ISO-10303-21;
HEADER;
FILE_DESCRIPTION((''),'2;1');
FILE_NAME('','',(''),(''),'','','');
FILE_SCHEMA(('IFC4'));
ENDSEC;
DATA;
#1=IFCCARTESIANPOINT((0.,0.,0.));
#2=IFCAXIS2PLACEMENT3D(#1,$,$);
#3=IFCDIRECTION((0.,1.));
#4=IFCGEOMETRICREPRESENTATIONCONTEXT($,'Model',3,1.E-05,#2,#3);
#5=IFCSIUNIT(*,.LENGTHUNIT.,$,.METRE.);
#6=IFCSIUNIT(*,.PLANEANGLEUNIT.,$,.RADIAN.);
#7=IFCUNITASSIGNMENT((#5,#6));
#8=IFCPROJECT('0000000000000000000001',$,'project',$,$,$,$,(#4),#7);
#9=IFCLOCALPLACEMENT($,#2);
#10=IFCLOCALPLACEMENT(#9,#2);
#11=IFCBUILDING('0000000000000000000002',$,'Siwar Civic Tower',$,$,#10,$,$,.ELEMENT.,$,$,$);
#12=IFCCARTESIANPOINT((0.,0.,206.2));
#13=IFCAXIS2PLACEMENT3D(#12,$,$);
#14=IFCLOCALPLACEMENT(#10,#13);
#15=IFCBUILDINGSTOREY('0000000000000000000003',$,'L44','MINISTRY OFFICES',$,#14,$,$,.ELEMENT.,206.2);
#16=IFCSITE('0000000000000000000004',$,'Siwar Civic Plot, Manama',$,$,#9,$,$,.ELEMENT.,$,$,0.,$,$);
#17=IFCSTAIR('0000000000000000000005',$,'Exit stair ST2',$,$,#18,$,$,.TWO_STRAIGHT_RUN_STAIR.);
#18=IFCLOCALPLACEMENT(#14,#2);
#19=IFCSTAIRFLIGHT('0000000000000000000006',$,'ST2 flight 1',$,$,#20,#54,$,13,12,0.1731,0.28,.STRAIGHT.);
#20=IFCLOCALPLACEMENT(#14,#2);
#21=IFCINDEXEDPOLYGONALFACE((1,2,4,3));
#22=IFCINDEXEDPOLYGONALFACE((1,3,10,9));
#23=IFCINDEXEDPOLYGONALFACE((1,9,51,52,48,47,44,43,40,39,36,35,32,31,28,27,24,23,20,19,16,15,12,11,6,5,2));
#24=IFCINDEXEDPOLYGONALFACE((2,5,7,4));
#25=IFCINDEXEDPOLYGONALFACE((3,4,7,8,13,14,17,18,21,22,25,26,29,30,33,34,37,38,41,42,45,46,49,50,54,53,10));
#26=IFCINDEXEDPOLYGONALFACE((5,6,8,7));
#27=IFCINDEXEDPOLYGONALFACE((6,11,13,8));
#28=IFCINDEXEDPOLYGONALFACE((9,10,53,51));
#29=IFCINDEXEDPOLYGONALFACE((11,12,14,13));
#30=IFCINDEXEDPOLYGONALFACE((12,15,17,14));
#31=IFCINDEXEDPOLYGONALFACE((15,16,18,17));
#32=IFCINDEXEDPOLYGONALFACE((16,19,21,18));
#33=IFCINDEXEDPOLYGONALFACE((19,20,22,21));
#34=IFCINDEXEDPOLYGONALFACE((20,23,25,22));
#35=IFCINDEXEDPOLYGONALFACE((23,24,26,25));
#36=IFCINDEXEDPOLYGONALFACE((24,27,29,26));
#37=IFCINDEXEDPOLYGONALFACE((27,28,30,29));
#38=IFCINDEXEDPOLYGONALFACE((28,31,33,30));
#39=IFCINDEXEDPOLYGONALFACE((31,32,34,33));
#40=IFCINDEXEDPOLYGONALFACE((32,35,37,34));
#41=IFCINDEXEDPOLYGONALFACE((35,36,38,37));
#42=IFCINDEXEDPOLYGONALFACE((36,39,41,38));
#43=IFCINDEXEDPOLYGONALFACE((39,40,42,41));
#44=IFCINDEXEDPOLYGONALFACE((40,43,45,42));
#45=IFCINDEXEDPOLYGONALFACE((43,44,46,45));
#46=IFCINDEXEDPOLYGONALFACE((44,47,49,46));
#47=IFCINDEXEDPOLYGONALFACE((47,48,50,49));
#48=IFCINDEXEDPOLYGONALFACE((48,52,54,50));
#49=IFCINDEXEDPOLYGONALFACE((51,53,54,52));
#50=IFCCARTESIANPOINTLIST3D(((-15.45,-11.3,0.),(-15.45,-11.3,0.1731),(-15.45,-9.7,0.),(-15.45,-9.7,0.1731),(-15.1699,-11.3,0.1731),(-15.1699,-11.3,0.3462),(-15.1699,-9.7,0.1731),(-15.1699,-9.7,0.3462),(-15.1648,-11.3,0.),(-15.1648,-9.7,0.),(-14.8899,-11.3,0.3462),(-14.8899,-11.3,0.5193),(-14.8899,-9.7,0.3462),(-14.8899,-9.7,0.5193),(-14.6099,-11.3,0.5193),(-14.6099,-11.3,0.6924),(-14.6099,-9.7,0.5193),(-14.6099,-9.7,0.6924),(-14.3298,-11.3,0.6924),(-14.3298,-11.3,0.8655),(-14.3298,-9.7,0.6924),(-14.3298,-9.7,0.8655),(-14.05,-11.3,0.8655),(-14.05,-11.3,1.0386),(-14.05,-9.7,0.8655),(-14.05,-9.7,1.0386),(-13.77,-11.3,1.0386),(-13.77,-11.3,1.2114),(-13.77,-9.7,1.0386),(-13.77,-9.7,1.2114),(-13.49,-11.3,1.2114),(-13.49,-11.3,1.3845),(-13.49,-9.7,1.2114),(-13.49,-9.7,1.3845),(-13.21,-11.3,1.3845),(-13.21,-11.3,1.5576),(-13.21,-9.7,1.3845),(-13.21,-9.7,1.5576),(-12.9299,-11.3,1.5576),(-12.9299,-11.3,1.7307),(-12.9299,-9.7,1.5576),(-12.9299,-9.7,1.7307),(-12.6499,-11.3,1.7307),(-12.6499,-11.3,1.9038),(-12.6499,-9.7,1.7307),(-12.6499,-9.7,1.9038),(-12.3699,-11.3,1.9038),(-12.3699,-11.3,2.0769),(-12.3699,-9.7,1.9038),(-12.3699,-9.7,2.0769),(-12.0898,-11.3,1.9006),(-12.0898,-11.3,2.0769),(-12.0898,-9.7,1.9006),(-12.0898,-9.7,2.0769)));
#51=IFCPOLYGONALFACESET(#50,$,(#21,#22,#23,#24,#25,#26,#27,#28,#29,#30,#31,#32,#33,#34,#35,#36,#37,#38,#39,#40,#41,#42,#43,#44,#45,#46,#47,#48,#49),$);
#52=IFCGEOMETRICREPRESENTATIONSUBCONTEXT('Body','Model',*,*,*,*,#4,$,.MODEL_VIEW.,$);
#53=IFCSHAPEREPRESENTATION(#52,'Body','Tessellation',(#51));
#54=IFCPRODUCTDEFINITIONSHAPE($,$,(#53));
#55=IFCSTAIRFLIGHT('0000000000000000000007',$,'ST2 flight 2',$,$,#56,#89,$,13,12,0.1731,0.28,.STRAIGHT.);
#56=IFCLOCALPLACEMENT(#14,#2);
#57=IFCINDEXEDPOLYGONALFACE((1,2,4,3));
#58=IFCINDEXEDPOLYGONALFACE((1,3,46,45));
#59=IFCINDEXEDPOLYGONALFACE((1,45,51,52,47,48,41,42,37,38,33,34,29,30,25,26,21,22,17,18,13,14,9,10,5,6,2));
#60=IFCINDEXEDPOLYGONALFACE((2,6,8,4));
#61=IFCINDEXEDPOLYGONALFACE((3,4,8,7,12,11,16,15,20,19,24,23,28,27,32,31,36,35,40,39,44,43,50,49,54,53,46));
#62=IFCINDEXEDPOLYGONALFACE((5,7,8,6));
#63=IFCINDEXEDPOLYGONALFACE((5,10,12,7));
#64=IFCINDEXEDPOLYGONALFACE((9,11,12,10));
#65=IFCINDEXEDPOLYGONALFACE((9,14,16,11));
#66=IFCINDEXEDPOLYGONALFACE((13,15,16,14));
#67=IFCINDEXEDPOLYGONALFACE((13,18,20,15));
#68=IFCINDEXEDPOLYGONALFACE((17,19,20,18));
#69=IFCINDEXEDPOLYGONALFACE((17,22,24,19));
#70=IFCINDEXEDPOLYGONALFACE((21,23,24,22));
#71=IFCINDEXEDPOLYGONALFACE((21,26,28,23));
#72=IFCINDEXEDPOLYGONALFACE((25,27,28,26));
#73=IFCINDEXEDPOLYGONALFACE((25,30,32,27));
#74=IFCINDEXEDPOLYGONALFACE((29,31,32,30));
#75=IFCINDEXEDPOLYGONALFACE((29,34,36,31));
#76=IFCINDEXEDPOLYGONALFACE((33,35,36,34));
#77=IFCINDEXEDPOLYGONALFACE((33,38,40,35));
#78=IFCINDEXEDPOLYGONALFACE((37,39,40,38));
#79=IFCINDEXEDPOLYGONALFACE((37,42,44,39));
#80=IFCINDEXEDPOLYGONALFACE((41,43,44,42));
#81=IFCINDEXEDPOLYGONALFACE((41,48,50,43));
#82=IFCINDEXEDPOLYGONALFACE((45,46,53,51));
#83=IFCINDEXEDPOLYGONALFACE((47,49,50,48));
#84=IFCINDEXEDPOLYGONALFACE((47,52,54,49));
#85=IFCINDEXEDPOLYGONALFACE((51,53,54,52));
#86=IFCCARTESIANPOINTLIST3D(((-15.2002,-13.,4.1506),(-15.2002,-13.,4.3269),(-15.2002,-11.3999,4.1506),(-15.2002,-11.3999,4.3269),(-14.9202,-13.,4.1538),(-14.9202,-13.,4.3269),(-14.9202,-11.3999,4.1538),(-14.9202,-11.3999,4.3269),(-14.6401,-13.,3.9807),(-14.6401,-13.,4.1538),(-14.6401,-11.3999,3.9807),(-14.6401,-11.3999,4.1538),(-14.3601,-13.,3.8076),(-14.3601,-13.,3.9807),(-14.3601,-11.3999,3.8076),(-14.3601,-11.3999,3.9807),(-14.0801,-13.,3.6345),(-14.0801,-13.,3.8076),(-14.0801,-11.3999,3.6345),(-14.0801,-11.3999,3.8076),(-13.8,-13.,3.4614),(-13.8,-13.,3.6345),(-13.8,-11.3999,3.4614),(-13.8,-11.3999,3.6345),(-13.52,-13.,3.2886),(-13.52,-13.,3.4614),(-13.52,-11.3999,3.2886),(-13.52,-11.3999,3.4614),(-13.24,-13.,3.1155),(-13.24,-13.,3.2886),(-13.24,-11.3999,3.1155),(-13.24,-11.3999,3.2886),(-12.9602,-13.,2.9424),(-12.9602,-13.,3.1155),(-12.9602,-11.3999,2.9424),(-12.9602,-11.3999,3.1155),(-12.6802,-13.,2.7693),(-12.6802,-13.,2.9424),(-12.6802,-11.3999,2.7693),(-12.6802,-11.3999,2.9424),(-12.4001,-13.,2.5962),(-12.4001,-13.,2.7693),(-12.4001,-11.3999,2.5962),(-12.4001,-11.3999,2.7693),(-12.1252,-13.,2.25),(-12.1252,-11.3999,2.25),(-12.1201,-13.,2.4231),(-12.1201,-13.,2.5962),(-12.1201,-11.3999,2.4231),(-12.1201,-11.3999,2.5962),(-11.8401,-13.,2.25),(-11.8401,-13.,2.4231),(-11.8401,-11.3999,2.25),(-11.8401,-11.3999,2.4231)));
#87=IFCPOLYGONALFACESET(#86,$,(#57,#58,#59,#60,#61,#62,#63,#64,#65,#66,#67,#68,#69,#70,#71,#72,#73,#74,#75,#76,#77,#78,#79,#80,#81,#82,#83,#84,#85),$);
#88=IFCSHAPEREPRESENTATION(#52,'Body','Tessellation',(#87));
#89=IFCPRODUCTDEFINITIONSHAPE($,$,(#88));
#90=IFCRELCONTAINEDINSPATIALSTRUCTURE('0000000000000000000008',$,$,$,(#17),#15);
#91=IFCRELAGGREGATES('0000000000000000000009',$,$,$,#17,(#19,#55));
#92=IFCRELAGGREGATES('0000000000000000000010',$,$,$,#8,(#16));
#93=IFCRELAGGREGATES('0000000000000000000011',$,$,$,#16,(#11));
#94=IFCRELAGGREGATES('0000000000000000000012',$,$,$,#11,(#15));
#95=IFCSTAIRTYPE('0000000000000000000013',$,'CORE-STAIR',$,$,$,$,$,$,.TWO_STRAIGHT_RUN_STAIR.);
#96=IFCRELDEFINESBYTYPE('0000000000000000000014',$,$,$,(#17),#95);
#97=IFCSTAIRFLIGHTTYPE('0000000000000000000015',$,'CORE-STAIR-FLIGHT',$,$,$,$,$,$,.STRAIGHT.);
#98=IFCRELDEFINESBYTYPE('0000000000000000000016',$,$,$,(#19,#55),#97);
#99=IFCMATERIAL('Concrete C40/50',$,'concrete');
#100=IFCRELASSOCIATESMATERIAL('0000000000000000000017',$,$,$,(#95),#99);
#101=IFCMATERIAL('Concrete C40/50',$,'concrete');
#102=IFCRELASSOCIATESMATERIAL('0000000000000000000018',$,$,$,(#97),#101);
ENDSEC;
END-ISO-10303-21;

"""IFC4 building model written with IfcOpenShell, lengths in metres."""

from ifc_helpers import new_model, si_unit, direction, frame, origin, place, context, subcontext, project, spatial, polyline, outline, extrude, material, type_object, element, aggregate, save


model = new_model("IFC4")

# Units and contexts
model_context = context("Model", 3, precision=1e-05, world=origin(), true_north=direction((0.0, 1.0)))
body_context = subcontext(model_context, "Body", "Model", "MODEL_VIEW")
ifc_project = project(units=[si_unit("LENGTHUNIT", "METRE"), si_unit("PLANEANGLEUNIT", "RADIAN")], contexts=[model_context])

# Site, building, storey
site_placement = place(None, origin())
site = spatial("IfcSite", under=ifc_project, at=site_placement, Name="Siwar Civic Plot, Manama", CompositionType="ELEMENT", RefElevation=0.0)
building_placement = place(site_placement, origin())
building = spatial("IfcBuilding", under=site, at=building_placement, Name="Siwar Civic Tower", CompositionType="ELEMENT")
storey_placement = place(building_placement, frame((0.0, 0.0, 206.2)))
storey = spatial("IfcBuildingStorey", under=building, at=storey_placement, Name="L44", Description="MINISTRY OFFICES", CompositionType="ELEMENT", Elevation=206.2)

# Stair, stair flights
ifc_material_1 = material(Name="Concrete C40/50", Category="concrete")
stair_type = type_object("IfcStairType", Name="CORE-STAIR", PredefinedType="TWO_STRAIGHT_RUN_STAIR", material=ifc_material_1)
stair_placement = place(storey_placement, origin())
stair = element("IfcStair", 1, at=stair_placement, inside=storey, type_object=stair_type, Name="Exit stair ST2", PredefinedType="TWO_STRAIGHT_RUN_STAIR")
ifc_material_2 = material(Name="Concrete C40/50", Category="concrete")
stair_flight_type = type_object("IfcStairFlightType", Name="CORE-STAIR-FLIGHT", PredefinedType="STRAIGHT", material=ifc_material_2)
stair_flight_1_placement = place(storey_placement, frame((-15.45, -10.5, 0.0), z_axis=(0.0, 0.0, 1.0), x_axis=(1.0, 0.0, 0.0)))
stair_flight_1 = element("IfcStairFlight", 2, at=stair_flight_1_placement, type_object=stair_flight_type, Name="ST2 flight 1", NumberOfRisers=13, NumberOfTreads=12, PredefinedType="STRAIGHT", RiserHeight=0.1731, TreadLength=0.28, context=body_context, shape_type="SweptSolid", body=[
    extrude(outline(polyline([(0.0, 0.0), (0.0, 0.1731), (0.28, 0.1731), (0.28, 0.3462), (0.5601, 0.3462), (0.5601, 0.5193), (0.8401, 0.5193), (0.8401, 0.6924), (1.1201, 0.6924), (1.1201, 0.8655), (1.3999, 0.8655), (1.3999, 1.0386), (1.6799, 1.0386), (1.6799, 1.2114), (1.96, 1.2114), (1.96, 1.3845), (2.24, 1.3845), (2.24, 1.5576), (2.52, 1.5576), (2.52, 1.7307), (2.8, 1.7307), (2.8, 1.9038), (3.0801, 1.9038), (3.0801, 2.0769), (3.3601, 2.0769), (3.3601, 2.25), (3.3601, 1.9006), (0.2852, 0.0), (0.0, 0.0)])), frame((0.0, 0.8, 0.0), z_axis=(0.0, -1.0, 0.0), x_axis=(1.0, 0.0, 0.0)), (0.0, 0.0, 1.0), 1.6001),
])
stair_flight_2_placement = place(storey_placement, frame((-11.8401, -12.2, 2.25), z_axis=(0.0, 0.0, 1.0), x_axis=(-1.0, 0.0, 0.0)))
stair_flight_2 = element("IfcStairFlight", 3, at=stair_flight_2_placement, type_object=stair_flight_type, Name="ST2 flight 2", NumberOfRisers=13, NumberOfTreads=12, PredefinedType="STRAIGHT", RiserHeight=0.1731, TreadLength=0.28, context=body_context, shape_type="SweptSolid", body=[
    extrude(outline(polyline([(0.0, 0.0), (0.0, 0.1731), (0.28, 0.1731), (0.28, 0.3462), (0.5601, 0.3462), (0.5601, 0.5193), (0.8401, 0.5193), (0.8401, 0.6924), (1.1201, 0.6924), (1.1201, 0.8655), (1.3999, 0.8655), (1.3999, 1.0386), (1.6799, 1.0386), (1.6799, 1.2114), (1.96, 1.2114), (1.96, 1.3845), (2.24, 1.3845), (2.24, 1.5576), (2.52, 1.5576), (2.52, 1.7307), (2.8, 1.7307), (2.8, 1.9038), (3.0801, 1.9038), (3.0801, 2.0769), (3.3601, 2.0769), (3.3601, 2.25), (3.3601, 1.9006), (0.2852, 0.0), (0.0, 0.0)])), frame((0.0, 0.8, 0.0), z_axis=(0.0, -1.0, 0.0), x_axis=(1.0, 0.0, 0.0)), (0.0, 0.0, 1.0), 1.6001),
])
aggregate(stair, [stair_flight_1, stair_flight_2])

save(model, "model.ifc")
